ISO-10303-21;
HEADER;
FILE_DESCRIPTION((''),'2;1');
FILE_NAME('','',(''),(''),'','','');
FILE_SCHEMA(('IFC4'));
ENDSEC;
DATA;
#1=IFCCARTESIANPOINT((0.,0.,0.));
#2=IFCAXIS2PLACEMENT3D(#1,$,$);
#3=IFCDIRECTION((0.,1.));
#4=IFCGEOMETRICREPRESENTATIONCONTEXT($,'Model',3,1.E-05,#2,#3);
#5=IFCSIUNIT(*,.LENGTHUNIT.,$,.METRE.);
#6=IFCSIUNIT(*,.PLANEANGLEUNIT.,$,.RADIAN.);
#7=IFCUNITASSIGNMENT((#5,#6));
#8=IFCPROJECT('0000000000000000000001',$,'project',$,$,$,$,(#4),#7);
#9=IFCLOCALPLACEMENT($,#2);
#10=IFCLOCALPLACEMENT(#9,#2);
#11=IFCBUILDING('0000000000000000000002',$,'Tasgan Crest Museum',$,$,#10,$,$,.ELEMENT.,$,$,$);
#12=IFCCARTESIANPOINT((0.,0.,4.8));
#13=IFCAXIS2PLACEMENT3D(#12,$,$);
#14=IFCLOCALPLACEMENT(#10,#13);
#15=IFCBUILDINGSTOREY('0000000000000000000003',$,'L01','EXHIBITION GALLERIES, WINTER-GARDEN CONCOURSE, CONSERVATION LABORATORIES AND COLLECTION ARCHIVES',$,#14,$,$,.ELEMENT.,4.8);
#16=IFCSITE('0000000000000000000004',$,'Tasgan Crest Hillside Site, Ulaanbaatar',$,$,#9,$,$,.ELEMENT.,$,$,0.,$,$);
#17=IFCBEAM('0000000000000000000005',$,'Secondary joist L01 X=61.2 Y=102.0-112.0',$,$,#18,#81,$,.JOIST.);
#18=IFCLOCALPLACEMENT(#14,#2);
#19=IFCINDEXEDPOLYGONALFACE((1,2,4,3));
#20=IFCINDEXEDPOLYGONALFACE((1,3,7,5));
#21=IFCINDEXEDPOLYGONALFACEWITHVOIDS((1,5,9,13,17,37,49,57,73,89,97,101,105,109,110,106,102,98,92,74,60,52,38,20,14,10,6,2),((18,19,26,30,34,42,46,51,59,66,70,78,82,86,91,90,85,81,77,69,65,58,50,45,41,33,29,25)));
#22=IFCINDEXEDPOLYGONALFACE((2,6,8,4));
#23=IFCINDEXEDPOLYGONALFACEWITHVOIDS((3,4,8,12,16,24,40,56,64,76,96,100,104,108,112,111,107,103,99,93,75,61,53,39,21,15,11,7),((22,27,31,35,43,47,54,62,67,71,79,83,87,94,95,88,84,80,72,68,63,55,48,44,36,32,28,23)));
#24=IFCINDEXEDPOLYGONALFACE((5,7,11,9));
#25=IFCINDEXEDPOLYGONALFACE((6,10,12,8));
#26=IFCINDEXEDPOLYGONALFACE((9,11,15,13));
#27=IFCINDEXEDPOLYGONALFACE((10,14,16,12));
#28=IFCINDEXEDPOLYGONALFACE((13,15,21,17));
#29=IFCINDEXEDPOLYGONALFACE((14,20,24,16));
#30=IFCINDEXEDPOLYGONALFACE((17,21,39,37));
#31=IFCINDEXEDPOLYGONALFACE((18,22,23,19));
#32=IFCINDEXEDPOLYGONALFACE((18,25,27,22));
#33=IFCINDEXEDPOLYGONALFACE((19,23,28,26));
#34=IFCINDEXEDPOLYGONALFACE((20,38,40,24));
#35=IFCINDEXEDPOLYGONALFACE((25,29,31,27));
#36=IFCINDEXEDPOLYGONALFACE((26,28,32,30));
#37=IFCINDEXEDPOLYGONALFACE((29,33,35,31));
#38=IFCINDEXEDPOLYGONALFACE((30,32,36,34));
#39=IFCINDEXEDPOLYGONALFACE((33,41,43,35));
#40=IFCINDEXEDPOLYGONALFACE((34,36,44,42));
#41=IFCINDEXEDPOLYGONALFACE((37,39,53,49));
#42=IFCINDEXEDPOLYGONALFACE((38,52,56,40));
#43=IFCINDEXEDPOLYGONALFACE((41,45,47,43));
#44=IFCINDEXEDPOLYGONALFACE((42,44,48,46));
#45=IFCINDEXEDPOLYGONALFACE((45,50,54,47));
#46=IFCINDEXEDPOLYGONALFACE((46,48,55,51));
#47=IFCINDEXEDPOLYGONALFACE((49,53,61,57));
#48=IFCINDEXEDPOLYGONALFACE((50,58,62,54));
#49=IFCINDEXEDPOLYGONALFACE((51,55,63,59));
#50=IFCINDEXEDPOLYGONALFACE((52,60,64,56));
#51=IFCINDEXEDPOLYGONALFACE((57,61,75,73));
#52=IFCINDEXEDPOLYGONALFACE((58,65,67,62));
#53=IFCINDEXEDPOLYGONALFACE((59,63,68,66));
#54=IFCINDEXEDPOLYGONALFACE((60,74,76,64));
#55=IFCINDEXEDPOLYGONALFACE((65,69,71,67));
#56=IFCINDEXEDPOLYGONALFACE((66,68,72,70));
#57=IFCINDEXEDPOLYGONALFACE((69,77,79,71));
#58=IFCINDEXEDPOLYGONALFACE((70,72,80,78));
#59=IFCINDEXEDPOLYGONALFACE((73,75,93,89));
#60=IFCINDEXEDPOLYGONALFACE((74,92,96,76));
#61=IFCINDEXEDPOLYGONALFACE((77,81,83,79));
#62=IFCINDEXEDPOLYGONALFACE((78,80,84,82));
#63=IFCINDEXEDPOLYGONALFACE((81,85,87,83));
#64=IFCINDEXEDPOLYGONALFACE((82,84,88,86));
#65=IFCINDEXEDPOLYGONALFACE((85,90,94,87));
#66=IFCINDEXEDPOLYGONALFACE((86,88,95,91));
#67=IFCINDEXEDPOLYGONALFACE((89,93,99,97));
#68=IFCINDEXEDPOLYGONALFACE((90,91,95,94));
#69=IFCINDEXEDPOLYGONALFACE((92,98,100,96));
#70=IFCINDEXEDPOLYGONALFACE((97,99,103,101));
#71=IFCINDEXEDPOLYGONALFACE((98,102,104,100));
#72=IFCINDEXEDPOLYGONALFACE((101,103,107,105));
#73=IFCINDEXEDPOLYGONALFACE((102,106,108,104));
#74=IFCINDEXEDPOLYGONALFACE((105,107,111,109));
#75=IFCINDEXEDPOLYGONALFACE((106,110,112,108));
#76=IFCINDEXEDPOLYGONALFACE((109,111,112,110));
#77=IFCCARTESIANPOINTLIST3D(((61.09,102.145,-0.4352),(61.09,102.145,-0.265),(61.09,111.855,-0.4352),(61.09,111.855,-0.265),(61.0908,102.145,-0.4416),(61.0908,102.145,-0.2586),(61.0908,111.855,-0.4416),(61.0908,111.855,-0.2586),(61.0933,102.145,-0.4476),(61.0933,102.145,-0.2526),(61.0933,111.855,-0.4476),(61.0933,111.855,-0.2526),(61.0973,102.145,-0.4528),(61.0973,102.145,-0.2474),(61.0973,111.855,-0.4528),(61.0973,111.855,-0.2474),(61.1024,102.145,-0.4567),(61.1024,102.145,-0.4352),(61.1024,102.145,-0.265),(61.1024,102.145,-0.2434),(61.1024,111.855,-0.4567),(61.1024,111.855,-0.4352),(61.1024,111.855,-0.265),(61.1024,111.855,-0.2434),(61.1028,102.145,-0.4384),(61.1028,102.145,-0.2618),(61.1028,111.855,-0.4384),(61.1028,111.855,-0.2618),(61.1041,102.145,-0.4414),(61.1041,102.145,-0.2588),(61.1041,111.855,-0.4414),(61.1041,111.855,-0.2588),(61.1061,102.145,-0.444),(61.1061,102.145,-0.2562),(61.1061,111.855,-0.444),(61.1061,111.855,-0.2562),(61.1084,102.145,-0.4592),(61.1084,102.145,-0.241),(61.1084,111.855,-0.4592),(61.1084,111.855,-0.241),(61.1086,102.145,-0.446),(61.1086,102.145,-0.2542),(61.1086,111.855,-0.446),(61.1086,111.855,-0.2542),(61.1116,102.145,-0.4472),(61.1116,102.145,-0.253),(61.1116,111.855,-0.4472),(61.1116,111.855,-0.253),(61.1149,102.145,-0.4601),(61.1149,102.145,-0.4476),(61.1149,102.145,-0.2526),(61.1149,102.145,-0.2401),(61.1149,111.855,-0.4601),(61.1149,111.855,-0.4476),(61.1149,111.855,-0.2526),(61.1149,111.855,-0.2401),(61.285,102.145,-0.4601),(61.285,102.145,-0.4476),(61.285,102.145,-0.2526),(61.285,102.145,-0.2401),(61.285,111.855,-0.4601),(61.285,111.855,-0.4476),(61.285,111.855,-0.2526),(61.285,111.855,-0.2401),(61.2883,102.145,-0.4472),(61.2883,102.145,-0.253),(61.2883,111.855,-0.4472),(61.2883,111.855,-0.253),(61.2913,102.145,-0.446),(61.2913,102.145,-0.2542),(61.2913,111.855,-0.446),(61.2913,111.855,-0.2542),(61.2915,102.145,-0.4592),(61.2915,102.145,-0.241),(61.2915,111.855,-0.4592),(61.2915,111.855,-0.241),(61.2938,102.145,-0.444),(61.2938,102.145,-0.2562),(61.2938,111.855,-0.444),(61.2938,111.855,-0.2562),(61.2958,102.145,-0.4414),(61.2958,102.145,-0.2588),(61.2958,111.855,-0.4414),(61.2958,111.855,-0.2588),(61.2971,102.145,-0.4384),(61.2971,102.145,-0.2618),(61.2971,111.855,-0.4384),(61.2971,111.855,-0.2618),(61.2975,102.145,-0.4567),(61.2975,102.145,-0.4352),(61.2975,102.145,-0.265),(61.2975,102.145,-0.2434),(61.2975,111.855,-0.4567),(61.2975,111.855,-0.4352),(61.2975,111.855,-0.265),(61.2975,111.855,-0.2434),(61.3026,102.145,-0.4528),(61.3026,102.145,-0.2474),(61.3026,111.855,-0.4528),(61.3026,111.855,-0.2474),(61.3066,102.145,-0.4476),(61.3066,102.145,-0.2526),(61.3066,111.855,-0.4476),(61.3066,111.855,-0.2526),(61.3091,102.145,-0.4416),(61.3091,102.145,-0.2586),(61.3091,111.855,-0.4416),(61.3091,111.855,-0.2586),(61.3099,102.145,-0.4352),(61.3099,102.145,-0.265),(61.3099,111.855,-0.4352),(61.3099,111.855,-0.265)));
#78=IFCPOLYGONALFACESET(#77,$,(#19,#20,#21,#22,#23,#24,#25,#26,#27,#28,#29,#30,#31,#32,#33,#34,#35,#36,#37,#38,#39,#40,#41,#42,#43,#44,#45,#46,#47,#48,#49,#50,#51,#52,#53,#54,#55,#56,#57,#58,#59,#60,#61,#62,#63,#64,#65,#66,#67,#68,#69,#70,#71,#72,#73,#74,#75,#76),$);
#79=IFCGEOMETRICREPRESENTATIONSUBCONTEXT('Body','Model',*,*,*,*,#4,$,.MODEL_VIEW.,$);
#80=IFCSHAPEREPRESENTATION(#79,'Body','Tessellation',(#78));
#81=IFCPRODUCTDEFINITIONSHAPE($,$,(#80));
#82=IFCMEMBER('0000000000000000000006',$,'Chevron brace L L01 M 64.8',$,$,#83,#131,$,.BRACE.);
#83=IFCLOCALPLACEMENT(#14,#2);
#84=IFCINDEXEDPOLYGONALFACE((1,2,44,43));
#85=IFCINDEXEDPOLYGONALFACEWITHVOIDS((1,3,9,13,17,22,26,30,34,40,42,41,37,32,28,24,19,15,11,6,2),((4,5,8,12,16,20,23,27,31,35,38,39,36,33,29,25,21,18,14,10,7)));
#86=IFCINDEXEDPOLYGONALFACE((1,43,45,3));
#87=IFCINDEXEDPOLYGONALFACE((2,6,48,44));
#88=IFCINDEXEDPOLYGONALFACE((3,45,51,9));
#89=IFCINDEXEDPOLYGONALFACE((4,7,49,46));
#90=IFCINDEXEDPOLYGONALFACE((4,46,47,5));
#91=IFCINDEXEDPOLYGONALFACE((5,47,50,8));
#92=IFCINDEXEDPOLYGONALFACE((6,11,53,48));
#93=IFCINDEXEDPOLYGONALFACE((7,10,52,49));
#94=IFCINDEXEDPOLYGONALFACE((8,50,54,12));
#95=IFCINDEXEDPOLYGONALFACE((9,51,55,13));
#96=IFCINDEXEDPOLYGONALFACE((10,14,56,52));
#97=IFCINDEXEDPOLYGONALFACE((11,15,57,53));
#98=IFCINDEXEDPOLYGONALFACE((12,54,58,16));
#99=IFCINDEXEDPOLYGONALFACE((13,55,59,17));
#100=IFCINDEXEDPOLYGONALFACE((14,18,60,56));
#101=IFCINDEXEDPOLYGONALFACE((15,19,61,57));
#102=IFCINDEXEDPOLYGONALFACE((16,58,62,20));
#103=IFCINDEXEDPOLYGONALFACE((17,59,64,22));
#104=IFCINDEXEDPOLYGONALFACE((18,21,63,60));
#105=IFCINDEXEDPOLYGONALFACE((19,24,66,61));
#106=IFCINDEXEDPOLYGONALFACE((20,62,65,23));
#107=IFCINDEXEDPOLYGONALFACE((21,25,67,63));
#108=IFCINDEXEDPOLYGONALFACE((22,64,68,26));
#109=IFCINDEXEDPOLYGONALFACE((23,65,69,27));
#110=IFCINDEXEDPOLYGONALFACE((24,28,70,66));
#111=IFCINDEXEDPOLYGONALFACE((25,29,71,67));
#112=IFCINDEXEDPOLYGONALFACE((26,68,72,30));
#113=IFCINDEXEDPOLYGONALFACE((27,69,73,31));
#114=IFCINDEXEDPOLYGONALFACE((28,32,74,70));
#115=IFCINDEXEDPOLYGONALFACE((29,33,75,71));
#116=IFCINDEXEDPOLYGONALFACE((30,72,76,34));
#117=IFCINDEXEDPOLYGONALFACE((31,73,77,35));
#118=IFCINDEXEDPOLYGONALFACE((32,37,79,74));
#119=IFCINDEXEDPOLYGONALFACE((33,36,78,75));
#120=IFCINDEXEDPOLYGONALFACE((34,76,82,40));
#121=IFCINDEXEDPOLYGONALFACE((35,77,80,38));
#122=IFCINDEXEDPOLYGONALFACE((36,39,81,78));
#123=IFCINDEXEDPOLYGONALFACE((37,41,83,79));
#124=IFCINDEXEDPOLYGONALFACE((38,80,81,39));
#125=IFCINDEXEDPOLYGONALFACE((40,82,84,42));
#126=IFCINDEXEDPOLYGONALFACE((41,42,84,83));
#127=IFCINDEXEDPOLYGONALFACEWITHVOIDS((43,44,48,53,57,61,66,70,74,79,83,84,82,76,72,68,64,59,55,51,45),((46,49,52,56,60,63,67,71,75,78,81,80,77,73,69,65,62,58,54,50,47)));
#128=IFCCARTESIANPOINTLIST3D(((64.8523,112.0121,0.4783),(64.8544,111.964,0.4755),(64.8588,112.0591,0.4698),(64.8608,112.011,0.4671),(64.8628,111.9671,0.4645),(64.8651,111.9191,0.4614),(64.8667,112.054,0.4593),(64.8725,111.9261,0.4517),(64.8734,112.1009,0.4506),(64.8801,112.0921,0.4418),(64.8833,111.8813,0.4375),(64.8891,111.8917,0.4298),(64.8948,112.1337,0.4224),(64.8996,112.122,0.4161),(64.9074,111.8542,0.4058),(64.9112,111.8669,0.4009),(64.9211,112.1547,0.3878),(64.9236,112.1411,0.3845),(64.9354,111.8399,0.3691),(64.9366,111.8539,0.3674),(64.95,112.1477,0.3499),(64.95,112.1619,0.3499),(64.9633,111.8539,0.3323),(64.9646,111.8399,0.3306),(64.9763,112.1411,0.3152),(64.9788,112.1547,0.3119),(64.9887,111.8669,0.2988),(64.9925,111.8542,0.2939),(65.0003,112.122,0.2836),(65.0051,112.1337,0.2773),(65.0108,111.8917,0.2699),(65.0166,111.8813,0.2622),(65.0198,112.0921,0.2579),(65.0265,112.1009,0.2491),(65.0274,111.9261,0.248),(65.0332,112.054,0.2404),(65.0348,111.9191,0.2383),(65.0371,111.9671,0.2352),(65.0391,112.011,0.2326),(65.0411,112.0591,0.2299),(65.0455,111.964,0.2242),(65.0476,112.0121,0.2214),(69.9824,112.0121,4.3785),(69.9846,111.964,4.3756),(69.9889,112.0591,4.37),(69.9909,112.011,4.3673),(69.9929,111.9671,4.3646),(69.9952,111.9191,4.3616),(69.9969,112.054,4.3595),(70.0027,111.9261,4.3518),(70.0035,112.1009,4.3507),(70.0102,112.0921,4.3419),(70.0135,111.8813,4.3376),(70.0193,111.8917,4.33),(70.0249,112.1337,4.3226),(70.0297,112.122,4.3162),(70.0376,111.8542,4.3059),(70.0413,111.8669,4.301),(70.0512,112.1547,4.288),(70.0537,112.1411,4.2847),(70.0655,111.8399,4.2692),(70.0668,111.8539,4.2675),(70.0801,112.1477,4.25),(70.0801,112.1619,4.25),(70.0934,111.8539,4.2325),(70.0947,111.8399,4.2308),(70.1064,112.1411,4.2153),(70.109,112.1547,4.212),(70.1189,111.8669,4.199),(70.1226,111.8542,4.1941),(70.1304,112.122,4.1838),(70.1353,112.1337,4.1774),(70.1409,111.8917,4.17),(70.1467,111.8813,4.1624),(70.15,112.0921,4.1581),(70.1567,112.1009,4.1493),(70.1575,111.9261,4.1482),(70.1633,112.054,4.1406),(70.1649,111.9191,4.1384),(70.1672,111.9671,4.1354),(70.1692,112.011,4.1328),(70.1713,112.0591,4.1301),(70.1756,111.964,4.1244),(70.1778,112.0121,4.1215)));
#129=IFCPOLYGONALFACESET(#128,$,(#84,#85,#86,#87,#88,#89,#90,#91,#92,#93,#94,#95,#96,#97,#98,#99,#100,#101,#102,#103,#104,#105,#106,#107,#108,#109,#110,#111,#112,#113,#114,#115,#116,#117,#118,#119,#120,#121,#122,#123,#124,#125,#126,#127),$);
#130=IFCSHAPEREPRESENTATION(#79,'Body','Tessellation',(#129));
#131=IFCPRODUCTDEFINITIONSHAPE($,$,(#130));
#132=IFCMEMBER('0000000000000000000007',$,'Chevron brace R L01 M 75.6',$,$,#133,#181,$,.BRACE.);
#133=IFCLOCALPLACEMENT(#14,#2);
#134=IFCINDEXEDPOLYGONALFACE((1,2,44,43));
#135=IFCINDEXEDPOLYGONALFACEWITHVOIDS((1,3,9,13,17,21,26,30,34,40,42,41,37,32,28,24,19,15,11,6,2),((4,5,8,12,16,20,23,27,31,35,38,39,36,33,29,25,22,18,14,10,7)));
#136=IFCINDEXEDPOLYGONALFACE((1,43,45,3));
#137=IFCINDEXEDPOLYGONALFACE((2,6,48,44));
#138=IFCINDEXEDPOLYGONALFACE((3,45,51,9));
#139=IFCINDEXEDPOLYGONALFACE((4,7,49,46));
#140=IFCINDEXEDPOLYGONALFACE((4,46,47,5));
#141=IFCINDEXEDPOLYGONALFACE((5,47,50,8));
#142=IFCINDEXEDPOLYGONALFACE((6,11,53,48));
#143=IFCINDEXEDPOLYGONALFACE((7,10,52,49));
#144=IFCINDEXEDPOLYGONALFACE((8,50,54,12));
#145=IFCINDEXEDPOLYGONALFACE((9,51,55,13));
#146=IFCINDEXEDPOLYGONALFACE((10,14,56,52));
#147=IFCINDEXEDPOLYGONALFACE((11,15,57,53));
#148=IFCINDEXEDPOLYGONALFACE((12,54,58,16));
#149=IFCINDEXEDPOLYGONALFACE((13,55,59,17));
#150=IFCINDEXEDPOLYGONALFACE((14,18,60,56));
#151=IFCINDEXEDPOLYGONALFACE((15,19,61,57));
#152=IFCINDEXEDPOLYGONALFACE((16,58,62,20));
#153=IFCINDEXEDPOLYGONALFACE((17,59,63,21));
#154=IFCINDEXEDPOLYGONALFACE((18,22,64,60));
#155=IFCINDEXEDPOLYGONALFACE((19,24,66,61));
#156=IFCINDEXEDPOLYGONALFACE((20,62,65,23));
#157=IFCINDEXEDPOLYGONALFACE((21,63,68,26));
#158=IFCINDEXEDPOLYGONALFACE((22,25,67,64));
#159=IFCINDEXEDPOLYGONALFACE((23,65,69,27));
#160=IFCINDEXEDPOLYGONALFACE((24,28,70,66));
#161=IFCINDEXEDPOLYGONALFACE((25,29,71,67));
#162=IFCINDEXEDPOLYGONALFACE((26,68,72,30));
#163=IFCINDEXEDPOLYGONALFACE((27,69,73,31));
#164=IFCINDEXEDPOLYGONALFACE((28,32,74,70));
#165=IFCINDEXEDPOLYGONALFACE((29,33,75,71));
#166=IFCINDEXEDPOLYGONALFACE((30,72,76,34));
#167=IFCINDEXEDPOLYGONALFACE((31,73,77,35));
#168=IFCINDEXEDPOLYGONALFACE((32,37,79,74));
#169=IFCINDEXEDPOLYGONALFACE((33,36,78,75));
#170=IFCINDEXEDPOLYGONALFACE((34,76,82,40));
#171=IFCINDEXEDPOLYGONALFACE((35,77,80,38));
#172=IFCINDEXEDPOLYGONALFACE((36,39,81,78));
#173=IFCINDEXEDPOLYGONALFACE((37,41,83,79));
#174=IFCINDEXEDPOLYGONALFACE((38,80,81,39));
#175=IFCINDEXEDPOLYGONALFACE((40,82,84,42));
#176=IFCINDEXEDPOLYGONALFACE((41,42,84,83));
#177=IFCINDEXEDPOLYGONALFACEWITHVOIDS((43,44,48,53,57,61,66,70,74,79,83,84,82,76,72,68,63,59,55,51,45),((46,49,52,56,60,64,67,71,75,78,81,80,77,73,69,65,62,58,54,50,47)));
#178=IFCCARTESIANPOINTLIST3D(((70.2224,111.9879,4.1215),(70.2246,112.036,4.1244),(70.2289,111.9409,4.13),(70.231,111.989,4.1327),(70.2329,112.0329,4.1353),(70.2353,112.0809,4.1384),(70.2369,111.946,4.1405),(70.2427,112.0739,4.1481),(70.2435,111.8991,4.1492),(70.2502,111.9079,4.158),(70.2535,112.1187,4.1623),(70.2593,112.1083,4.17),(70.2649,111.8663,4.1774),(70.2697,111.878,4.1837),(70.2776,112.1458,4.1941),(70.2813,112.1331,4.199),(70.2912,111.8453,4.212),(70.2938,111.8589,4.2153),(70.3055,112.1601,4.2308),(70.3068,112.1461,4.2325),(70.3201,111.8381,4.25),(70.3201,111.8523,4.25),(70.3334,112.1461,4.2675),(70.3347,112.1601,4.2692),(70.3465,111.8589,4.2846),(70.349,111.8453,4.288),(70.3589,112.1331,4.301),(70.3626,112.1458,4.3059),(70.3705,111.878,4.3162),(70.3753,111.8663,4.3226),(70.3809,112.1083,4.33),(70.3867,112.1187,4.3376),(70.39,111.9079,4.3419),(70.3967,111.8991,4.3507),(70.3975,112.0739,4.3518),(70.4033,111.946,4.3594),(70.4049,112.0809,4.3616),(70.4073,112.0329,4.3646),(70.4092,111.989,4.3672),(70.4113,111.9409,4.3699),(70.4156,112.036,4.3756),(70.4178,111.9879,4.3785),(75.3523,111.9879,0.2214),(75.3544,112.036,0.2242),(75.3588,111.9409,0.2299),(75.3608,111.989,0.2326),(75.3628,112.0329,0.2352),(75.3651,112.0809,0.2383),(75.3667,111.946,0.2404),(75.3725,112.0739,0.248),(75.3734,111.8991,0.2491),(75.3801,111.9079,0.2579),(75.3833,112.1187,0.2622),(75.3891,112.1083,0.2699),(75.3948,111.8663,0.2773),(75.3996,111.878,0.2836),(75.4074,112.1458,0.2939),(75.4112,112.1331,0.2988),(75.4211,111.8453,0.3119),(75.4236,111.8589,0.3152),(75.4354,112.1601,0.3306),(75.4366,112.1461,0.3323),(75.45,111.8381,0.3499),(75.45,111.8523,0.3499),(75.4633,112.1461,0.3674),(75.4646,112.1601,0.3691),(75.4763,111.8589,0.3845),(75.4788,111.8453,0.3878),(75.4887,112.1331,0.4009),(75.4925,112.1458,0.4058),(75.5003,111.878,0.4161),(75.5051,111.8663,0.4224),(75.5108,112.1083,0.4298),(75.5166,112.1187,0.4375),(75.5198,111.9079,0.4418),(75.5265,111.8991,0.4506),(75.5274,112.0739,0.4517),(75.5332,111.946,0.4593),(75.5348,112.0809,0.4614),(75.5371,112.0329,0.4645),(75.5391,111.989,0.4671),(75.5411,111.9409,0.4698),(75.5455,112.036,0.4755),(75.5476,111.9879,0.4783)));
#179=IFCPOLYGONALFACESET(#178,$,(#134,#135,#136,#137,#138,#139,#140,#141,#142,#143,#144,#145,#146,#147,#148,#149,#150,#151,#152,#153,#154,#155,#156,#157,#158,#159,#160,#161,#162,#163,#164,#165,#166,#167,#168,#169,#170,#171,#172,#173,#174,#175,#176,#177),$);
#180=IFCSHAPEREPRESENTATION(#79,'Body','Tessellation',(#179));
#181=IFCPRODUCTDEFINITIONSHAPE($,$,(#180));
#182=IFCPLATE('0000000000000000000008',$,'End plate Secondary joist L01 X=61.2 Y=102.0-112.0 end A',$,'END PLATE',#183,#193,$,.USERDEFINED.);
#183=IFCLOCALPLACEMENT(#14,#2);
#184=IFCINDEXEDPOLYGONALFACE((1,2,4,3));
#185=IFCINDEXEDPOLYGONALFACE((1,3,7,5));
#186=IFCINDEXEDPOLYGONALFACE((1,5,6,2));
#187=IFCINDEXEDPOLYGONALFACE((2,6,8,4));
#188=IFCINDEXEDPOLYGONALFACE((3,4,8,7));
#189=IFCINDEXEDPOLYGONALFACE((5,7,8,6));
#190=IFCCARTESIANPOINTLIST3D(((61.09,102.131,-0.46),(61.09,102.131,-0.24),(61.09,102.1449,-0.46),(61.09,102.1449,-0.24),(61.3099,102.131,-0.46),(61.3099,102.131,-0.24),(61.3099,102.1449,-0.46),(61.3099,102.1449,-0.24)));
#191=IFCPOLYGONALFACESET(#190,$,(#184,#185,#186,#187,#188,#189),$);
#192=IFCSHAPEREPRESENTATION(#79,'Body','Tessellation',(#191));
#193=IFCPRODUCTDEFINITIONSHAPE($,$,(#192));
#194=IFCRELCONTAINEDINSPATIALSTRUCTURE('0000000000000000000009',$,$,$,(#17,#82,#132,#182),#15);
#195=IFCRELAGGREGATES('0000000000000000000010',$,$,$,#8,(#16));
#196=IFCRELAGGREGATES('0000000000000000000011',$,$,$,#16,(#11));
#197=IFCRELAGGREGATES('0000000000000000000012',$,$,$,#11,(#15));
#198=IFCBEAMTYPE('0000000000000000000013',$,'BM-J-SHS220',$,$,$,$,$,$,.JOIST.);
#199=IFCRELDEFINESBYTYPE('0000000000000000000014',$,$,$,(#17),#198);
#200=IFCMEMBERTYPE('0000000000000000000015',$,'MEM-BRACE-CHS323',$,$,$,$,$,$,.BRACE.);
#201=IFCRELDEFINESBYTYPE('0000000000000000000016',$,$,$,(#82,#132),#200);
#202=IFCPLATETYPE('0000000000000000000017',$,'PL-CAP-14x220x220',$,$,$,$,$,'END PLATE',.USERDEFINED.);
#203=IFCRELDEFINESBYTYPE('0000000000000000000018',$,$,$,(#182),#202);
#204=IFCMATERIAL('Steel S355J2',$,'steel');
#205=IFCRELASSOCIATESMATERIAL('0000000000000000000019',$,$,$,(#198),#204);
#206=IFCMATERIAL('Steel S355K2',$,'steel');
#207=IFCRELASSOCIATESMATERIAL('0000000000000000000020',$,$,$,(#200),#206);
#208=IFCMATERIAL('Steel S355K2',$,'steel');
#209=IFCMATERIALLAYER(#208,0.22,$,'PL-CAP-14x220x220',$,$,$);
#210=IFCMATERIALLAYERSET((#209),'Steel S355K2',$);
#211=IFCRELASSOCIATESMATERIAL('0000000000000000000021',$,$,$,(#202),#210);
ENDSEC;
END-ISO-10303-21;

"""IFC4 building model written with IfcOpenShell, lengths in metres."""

from ifc_helpers import new_model, si_unit, direction, frame, origin, origin_2d, place, context, subcontext, project, spatial, rectangle, hollow_rectangle, hollow_circle, extrude, material, layer, layer_set, material_profile, profile_set, type_object, element, save


model = new_model("IFC4")

# Units and contexts
model_context = context("Model", 3, precision=1e-05, world=origin(), true_north=direction((0.0, 1.0)))
body_context = subcontext(model_context, "Body", "Model", "MODEL_VIEW")
ifc_project = project(units=[si_unit("LENGTHUNIT", "METRE"), si_unit("PLANEANGLEUNIT", "RADIAN")], contexts=[model_context])

# Site, building, storey
site_placement = place(None, origin())
site = spatial("IfcSite", under=ifc_project, at=site_placement, Name="Tasgan Crest Hillside Site, Ulaanbaatar", CompositionType="ELEMENT", RefElevation=0.0)
building_placement = place(site_placement, origin())
building = spatial("IfcBuilding", under=site, at=building_placement, Name="Tasgan Crest Museum", CompositionType="ELEMENT")
storey_placement = place(building_placement, frame((0.0, 0.0, 4.8)))
storey = spatial("IfcBuildingStorey", under=building, at=storey_placement, Name="L01", Description="EXHIBITION GALLERIES, WINTER-GARDEN CONCOURSE, CONSERVATION LABORATORIES AND COLLECTION ARCHIVES", CompositionType="ELEMENT", Elevation=4.8)

# Beam
ifc_material_1 = material(Name="Steel S355J2", Category="steel")
ifc_material_profile_1 = material_profile(ifc_material_1, hollow_rectangle(XDim=0.22, YDim=0.22, WallThickness=0.0125, InnerFilletRadius=0.0125, OuterFilletRadius=0.0249, at=origin_2d()), Name="SHS 220x220x12.5")
ifc_profile_set_1 = profile_set([ifc_material_profile_1], Name="Steel S355J2")
beam_type_1 = type_object("IfcBeamType", Name="BM-J-SHS220", PredefinedType="JOIST", material=ifc_profile_set_1)
beam_1_placement = place(storey_placement, frame((61.2, 102.145, -0.3501), z_axis=(0.0, 1.0, 0.0), x_axis=(-1.0, 0.0, 0.0)))
element("IfcBeam", 1, at=beam_1_placement, inside=storey, type_object=beam_type_1, Name="Secondary joist L01 X=61.2 Y=102.0-112.0", PredefinedType="JOIST", context=body_context, shape_type="SweptSolid", body=[
    extrude(hollow_rectangle(XDim=0.22, YDim=0.22, WallThickness=0.0125, InnerFilletRadius=0.0125, OuterFilletRadius=0.0249, at=origin_2d()), origin(), (0.0, 0.0, 1.0), 9.71),
])

# Members
ifc_material_2 = material(Name="Steel S355K2", Category="steel")
ifc_material_profile_2 = material_profile(ifc_material_2, hollow_circle(Radius=0.1619, WallThickness=0.0142, at=origin_2d()), Name="CHS 323.9x14.2")
ifc_profile_set_2 = profile_set([ifc_material_profile_2], Name="Steel S355K2")
member_type = type_object("IfcMemberType", Name="MEM-BRACE-CHS323", PredefinedType="BRACE", material=ifc_profile_set_2)
member_1_placement = place(storey_placement, frame((64.95, 112.0, 0.3499), z_axis=(0.796069, 0.0, 0.605206), x_axis=(0.0, 1.0, 0.0)))
element("IfcMember", 2, at=member_1_placement, inside=storey, type_object=member_type, Name="Chevron brace L L01 M 64.8", PredefinedType="BRACE", context=body_context, shape_type="SweptSolid", body=[
    extrude(hollow_circle(Radius=0.1619, WallThickness=0.0142, at=origin_2d()), origin(), (0.0, 0.0, 1.0), 6.4443),
])
member_2_placement = place(storey_placement, frame((75.45, 112.0, 0.3499), z_axis=(-0.796055, 0.0, 0.605224), x_axis=(0.0, -1.0, 0.0)))
element("IfcMember", 3, at=member_2_placement, inside=storey, type_object=member_type, Name="Chevron brace R L01 M 75.6", PredefinedType="BRACE", context=body_context, shape_type="SweptSolid", body=[
    extrude(hollow_circle(Radius=0.1619, WallThickness=0.0142, at=origin_2d()), origin(), (0.0, 0.0, 1.0), 6.4441),
])

# Plate
ifc_material_3 = material(Name="Steel S355K2", Category="steel")
ifc_layer_1 = layer(ifc_material_3, 0.22, Name="PL-CAP-14x220x220")
ifc_layer_set_1 = layer_set([ifc_layer_1], Name="Steel S355K2")
plate_type_1 = type_object("IfcPlateType", Name="PL-CAP-14x220x220", ElementType="END PLATE", PredefinedType="USERDEFINED", material=ifc_layer_set_1)
plate_1_placement = place(storey_placement, frame((61.2, 102.1379, -0.46), z_axis=(0.0, 0.0, 1.0), x_axis=(0.0, 1.0, 0.0)))
element("IfcPlate", 4, at=plate_1_placement, inside=storey, type_object=plate_type_1, Name="End plate Secondary joist L01 X=61.2 Y=102.0-112.0 end A", ObjectType="END PLATE", PredefinedType="USERDEFINED", context=body_context, shape_type="SweptSolid", body=[
    extrude(rectangle(XDim=0.0139, YDim=0.22, at=origin_2d()), origin(), (0.0, 0.0, 1.0), 0.22),
])

save(model, "model.ifc")
